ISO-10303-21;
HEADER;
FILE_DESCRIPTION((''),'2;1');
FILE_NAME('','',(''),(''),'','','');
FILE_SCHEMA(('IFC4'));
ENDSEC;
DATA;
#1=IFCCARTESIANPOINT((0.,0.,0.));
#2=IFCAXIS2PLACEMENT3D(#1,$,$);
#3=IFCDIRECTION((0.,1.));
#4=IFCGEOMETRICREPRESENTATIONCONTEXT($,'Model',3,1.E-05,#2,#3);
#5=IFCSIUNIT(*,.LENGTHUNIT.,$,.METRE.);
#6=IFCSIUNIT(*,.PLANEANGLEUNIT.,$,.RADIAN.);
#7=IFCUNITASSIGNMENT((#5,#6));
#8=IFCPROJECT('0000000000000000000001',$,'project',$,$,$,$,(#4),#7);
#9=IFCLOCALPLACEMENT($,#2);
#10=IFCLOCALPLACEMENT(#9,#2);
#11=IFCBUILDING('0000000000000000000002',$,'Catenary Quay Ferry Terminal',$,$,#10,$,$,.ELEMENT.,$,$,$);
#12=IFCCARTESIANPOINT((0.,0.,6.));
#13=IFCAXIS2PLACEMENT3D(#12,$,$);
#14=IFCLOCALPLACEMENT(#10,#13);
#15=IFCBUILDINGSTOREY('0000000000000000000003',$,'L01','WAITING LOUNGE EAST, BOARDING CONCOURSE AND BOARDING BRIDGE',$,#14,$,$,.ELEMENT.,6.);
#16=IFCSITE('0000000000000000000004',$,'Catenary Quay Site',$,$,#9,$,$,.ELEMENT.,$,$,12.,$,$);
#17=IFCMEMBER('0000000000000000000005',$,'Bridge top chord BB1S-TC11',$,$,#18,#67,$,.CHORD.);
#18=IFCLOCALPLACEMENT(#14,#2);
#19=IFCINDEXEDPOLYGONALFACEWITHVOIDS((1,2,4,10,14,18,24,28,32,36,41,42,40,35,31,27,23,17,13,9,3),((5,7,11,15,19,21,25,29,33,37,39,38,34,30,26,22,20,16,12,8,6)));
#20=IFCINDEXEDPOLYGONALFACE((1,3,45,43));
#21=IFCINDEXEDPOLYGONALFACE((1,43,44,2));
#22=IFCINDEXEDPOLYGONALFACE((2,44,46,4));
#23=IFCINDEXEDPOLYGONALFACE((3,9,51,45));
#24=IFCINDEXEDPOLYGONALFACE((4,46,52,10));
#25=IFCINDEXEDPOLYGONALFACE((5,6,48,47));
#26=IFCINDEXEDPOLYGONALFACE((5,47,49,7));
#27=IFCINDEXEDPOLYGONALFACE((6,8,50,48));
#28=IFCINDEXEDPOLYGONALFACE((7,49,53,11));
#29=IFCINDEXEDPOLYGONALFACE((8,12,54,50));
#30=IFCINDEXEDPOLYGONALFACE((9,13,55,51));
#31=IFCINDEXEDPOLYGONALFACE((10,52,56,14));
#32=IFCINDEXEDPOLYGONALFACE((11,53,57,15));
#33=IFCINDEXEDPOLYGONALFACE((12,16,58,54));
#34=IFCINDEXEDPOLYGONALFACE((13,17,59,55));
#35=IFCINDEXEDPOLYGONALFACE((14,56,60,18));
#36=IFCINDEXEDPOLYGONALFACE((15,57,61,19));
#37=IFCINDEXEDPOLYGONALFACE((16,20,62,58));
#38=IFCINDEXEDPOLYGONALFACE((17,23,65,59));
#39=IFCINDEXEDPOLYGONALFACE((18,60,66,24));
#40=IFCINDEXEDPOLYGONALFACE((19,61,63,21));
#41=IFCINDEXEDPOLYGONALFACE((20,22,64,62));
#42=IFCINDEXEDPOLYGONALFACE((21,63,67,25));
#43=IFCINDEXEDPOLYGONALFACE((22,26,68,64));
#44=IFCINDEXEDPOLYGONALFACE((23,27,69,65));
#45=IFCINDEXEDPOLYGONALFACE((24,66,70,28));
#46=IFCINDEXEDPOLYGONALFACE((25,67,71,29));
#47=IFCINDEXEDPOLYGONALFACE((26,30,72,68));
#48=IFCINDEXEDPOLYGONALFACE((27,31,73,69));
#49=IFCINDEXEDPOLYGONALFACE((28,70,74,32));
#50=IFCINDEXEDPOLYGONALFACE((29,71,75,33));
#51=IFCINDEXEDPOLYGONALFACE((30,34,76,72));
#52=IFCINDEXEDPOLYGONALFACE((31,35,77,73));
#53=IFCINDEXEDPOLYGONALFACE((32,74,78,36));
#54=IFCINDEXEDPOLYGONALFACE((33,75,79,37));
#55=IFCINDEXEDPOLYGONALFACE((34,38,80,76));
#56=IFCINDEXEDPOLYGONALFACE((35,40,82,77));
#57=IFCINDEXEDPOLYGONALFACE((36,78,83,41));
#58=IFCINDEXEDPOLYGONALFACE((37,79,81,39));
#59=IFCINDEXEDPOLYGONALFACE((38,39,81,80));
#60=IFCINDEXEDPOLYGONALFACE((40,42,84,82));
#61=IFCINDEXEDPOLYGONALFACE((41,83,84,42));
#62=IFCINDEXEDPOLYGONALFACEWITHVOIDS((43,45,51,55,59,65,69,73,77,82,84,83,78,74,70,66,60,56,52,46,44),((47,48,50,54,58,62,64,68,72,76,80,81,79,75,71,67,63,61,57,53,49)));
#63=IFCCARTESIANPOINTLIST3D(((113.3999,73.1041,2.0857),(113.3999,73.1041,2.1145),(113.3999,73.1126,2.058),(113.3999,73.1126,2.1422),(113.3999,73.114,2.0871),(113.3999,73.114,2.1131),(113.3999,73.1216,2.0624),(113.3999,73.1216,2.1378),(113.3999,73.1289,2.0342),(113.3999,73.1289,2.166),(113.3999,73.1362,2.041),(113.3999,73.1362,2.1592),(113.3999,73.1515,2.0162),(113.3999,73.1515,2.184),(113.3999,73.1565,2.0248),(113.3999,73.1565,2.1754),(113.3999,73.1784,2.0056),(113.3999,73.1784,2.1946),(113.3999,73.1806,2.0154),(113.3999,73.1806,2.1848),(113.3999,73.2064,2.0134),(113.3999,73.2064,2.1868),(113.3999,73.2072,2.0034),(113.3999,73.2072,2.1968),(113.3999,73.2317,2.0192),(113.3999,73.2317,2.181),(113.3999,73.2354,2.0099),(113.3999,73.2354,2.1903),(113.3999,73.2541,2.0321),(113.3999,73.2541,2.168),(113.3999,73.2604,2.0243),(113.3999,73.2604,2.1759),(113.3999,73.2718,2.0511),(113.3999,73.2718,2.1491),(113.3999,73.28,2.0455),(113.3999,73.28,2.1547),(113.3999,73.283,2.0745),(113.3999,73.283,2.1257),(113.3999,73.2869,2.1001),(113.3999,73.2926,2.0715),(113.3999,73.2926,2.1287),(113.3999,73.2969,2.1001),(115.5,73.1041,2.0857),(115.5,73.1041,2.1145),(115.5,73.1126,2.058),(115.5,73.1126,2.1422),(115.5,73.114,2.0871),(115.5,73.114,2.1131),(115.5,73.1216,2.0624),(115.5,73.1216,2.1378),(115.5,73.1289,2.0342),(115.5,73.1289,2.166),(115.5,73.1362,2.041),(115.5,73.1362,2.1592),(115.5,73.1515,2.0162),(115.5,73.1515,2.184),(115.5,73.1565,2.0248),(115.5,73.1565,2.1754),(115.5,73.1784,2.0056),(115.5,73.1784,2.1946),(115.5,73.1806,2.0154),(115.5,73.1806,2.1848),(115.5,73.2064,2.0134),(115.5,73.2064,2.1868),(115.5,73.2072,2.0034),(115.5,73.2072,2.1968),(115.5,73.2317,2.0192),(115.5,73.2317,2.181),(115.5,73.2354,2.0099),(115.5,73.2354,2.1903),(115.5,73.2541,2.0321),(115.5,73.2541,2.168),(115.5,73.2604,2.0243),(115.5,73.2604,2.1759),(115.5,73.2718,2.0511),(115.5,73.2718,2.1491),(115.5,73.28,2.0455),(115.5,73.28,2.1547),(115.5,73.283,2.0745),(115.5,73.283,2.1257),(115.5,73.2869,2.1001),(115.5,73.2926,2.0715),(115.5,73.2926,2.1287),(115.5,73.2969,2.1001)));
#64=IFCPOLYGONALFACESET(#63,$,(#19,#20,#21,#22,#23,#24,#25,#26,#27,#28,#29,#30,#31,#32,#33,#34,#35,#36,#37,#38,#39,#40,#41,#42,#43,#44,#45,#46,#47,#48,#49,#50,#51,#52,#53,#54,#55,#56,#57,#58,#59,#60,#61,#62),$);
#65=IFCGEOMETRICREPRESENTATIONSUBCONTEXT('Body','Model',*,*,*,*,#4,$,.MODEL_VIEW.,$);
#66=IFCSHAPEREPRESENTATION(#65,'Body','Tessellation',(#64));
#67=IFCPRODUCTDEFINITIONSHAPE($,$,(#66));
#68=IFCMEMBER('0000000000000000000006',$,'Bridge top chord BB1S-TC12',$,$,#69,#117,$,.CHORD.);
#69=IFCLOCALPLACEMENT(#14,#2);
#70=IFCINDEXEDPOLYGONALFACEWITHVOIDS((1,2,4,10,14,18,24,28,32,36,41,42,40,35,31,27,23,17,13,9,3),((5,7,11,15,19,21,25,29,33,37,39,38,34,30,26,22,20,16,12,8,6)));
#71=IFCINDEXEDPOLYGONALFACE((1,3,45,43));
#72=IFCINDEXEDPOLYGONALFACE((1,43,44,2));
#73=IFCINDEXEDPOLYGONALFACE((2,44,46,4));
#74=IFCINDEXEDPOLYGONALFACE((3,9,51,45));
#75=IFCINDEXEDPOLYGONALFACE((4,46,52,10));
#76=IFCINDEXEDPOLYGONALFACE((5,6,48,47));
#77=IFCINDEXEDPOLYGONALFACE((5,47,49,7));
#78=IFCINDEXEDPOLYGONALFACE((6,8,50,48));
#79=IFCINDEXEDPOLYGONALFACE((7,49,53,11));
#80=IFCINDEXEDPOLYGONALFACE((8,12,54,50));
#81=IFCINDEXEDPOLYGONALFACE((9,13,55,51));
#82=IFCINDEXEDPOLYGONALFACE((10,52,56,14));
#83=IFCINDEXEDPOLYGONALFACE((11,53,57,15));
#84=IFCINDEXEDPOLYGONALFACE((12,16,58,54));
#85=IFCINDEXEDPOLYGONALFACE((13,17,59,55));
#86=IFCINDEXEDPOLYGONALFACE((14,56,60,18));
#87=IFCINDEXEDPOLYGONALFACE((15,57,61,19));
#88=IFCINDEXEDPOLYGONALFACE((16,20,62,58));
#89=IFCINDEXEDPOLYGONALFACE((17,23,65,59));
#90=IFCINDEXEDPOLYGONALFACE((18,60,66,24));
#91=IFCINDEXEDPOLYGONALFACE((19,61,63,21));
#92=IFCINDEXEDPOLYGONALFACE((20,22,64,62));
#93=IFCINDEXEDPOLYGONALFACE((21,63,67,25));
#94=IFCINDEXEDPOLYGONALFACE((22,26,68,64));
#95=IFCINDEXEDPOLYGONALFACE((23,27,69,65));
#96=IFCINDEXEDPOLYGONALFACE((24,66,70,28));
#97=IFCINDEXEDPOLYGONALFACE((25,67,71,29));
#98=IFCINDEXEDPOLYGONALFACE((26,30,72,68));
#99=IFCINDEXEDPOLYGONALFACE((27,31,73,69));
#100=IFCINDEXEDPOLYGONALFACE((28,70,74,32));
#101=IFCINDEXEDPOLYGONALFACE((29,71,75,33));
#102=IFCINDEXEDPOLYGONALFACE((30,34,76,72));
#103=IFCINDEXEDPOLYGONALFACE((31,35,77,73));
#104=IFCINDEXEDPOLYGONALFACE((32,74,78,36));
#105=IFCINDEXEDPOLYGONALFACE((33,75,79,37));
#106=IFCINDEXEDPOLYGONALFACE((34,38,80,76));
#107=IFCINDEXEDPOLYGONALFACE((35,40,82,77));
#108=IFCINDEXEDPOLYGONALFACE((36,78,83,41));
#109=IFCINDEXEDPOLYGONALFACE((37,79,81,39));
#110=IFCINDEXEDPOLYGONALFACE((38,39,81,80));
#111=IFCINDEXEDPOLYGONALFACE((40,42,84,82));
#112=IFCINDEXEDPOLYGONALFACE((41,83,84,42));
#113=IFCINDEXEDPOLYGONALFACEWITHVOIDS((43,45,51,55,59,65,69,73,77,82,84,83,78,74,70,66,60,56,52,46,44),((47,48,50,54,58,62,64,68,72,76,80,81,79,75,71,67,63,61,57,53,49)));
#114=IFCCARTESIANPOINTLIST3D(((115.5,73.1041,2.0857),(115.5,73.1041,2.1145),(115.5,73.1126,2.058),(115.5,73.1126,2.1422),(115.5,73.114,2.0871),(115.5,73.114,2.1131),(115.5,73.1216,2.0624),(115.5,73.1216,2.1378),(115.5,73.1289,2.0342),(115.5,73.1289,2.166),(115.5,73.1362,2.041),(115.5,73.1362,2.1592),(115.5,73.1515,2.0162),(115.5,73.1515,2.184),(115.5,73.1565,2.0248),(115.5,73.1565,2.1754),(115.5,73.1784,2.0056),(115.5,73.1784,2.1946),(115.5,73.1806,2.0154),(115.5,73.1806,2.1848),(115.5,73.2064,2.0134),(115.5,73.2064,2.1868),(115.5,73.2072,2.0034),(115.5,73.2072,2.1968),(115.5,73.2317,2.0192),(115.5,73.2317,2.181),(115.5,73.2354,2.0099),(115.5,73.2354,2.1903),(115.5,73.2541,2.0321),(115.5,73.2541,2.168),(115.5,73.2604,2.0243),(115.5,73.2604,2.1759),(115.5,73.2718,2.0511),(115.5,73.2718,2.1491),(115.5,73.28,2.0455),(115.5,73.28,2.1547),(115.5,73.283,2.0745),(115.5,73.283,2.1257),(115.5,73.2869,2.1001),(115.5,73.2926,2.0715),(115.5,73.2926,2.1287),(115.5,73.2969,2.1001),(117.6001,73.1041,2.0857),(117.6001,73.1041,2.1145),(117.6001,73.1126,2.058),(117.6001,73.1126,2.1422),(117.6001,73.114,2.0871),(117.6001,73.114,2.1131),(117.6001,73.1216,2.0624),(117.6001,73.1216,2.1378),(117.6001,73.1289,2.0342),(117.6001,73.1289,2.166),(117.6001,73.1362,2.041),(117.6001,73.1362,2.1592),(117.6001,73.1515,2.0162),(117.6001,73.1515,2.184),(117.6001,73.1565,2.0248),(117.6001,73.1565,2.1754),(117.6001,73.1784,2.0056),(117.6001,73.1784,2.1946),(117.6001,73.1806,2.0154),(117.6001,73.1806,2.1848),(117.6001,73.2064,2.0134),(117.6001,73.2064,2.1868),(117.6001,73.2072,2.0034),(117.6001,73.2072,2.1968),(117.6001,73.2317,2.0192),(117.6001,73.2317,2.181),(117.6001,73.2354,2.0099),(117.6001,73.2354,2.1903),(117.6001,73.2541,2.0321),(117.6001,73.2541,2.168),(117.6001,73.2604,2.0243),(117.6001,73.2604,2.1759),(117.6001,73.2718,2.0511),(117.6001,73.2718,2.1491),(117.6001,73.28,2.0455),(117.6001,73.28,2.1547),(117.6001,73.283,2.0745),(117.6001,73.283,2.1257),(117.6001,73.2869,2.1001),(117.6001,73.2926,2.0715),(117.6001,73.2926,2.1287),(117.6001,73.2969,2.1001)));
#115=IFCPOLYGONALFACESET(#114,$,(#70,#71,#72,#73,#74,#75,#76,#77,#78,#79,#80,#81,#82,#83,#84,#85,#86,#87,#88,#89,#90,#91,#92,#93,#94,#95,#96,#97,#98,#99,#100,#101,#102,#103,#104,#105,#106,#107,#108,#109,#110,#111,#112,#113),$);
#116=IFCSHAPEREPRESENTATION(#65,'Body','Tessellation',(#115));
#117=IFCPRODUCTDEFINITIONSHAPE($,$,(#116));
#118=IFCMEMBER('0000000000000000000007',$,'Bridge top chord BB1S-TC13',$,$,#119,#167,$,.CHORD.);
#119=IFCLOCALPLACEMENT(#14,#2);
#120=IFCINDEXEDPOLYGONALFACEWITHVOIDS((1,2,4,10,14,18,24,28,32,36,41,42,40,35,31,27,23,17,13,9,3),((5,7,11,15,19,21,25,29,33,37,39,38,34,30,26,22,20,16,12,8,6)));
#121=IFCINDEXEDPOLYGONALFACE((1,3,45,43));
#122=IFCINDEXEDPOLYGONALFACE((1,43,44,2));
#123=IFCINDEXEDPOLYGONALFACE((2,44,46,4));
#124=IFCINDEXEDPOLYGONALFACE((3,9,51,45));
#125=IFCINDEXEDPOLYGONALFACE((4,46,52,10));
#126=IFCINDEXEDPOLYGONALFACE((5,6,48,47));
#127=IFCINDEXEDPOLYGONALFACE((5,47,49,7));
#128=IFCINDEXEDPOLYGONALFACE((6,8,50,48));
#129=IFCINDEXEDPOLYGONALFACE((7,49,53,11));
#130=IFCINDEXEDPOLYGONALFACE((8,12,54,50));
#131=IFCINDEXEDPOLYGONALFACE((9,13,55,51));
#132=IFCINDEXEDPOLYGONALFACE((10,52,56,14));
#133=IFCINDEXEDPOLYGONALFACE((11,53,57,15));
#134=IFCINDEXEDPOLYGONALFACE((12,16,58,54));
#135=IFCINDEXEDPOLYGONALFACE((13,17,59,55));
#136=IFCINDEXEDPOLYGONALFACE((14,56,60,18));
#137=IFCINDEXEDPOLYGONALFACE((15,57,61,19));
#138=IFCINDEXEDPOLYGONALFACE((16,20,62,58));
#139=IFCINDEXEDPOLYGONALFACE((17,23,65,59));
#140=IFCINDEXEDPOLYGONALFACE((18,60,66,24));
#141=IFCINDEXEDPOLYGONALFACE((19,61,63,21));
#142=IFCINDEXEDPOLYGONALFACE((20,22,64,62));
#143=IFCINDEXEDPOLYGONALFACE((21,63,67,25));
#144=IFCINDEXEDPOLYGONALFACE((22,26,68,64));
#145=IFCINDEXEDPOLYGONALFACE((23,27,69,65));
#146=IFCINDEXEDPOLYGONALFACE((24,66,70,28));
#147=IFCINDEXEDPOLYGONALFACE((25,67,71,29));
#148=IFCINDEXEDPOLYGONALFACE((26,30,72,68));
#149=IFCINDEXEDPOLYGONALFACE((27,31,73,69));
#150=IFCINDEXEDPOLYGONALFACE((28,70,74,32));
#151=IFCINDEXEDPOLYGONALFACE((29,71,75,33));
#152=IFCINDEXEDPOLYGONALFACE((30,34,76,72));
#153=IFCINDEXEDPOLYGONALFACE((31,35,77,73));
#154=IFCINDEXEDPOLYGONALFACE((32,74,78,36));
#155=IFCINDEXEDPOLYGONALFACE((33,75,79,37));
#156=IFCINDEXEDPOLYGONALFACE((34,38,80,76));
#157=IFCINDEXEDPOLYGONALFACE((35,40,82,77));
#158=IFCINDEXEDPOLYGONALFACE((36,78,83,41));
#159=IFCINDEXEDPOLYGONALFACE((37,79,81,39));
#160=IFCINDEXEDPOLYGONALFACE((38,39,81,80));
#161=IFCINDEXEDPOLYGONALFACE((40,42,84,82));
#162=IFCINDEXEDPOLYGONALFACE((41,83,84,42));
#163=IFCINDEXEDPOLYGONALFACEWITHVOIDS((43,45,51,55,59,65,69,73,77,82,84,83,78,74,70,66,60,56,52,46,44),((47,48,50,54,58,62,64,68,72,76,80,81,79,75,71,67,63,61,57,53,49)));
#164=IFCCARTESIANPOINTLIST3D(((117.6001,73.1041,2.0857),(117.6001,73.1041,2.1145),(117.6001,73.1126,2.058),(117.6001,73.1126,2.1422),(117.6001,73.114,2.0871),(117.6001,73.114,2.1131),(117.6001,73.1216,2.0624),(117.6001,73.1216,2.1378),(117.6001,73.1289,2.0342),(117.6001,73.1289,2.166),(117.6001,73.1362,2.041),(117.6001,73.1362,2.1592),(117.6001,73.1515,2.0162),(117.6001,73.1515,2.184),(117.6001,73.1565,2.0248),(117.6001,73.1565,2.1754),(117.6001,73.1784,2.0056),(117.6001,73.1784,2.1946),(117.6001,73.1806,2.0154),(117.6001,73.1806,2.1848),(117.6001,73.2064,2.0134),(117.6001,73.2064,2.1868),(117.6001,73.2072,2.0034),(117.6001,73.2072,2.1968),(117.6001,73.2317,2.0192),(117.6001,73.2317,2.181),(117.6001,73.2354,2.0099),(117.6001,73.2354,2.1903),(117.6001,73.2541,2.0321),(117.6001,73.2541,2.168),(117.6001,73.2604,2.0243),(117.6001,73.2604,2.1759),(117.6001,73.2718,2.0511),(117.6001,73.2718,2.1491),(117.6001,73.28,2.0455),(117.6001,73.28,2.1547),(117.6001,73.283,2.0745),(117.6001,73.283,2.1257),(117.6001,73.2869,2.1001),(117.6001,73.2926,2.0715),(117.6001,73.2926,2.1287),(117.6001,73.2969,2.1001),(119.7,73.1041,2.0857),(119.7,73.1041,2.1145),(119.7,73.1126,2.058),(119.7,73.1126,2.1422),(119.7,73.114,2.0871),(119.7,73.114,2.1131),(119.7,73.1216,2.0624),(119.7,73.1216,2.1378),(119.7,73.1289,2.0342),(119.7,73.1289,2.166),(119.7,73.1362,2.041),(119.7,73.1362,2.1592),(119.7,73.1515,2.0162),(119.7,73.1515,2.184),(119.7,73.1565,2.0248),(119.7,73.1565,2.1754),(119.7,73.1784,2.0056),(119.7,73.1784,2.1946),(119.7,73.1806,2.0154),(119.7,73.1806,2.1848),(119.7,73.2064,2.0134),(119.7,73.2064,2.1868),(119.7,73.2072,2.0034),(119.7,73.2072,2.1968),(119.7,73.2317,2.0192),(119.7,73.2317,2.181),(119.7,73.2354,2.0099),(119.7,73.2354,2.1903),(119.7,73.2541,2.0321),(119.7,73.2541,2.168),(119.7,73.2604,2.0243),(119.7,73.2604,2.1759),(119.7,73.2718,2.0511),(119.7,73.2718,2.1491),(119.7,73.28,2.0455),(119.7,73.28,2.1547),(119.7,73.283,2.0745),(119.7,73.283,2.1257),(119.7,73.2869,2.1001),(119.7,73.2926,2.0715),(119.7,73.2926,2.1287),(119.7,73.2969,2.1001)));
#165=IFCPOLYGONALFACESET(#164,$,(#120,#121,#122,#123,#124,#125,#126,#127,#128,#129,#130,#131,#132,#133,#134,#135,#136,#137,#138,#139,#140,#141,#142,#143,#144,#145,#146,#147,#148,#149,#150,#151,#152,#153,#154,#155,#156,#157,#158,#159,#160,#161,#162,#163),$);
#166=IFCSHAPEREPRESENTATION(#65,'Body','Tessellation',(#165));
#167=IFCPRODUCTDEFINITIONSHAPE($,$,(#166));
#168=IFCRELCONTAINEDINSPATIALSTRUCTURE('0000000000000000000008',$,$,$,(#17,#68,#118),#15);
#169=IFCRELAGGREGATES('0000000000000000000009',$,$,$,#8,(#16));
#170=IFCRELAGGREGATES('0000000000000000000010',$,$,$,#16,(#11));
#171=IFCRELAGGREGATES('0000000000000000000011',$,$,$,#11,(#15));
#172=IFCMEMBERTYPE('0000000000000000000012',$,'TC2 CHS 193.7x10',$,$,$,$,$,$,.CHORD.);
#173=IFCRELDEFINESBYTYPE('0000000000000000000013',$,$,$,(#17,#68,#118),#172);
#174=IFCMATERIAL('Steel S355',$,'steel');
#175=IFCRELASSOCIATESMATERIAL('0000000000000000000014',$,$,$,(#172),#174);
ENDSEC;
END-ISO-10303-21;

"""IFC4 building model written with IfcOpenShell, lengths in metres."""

from ifc_helpers import new_model, si_unit, direction, frame, origin, origin_2d, place, context, subcontext, project, spatial, hollow_circle, extrude, material, material_profile, profile_set, type_object, element, save


model = new_model("IFC4")

# Units and contexts
model_context = context("Model", 3, precision=1e-05, world=origin(), true_north=direction((0.0, 1.0)))
body_context = subcontext(model_context, "Body", "Model", "MODEL_VIEW")
ifc_project = project(units=[si_unit("LENGTHUNIT", "METRE"), si_unit("PLANEANGLEUNIT", "RADIAN")], contexts=[model_context])

# Site, building, storey
site_placement = place(None, origin())
site = spatial("IfcSite", under=ifc_project, at=site_placement, Name="Catenary Quay Site", CompositionType="ELEMENT", RefElevation=12.0)
building_placement = place(site_placement, origin())
building = spatial("IfcBuilding", under=site, at=building_placement, Name="Catenary Quay Ferry Terminal", CompositionType="ELEMENT")
storey_placement = place(building_placement, frame((0.0, 0.0, 6.0)))
storey = spatial("IfcBuildingStorey", under=building, at=storey_placement, Name="L01", Description="WAITING LOUNGE EAST, BOARDING CONCOURSE AND BOARDING BRIDGE", CompositionType="ELEMENT", Elevation=6.0)

# Members
ifc_material_1 = material(Name="Steel S355", Category="steel")
ifc_material_profile_1 = material_profile(ifc_material_1, hollow_circle(Radius=0.0969, WallThickness=0.01, at=origin_2d()), Name="CHS 193.7x10")
ifc_profile_set_1 = profile_set([ifc_material_profile_1], Name="Steel S355")
member_type_1 = type_object("IfcMemberType", Name="TC2 CHS 193.7x10", PredefinedType="CHORD", material=ifc_profile_set_1)
for number, where, z_axis, x_axis, name in (
    (1, (113.3999, 73.2, 2.1001), (1.0, 0.0, 0.0), (0.0, 1.0, 0.0), "Bridge top chord BB1S-TC11"),
    (2, (115.5, 73.2, 2.1001), (1.0, 0.0, 0.0), (0.0, 1.0, 0.0), "Bridge top chord BB1S-TC12"),
):
    element("IfcMember", number, at=place(storey_placement, frame(where, z_axis=z_axis, x_axis=x_axis)), inside=storey, type_object=member_type_1, Name=name, PredefinedType="CHORD", context=body_context, shape_type="SweptSolid", body=[
        extrude(hollow_circle(Radius=0.0969, WallThickness=0.01, at=origin_2d()), origin(), (0.0, 0.0, 1.0), 2.1001),
    ])
member_1_placement = place(storey_placement, frame((117.6001, 73.2, 2.1001), z_axis=(1.0, 0.0, 0.0), x_axis=(0.0, 1.0, 0.0)))
element("IfcMember", 3, at=member_1_placement, inside=storey, type_object=member_type_1, Name="Bridge top chord BB1S-TC13", PredefinedType="CHORD", context=body_context, shape_type="SweptSolid", body=[
    extrude(hollow_circle(Radius=0.0969, WallThickness=0.01, at=origin_2d()), origin(), (0.0, 0.0, 1.0), 2.0999),
])

save(model, "model.ifc")
